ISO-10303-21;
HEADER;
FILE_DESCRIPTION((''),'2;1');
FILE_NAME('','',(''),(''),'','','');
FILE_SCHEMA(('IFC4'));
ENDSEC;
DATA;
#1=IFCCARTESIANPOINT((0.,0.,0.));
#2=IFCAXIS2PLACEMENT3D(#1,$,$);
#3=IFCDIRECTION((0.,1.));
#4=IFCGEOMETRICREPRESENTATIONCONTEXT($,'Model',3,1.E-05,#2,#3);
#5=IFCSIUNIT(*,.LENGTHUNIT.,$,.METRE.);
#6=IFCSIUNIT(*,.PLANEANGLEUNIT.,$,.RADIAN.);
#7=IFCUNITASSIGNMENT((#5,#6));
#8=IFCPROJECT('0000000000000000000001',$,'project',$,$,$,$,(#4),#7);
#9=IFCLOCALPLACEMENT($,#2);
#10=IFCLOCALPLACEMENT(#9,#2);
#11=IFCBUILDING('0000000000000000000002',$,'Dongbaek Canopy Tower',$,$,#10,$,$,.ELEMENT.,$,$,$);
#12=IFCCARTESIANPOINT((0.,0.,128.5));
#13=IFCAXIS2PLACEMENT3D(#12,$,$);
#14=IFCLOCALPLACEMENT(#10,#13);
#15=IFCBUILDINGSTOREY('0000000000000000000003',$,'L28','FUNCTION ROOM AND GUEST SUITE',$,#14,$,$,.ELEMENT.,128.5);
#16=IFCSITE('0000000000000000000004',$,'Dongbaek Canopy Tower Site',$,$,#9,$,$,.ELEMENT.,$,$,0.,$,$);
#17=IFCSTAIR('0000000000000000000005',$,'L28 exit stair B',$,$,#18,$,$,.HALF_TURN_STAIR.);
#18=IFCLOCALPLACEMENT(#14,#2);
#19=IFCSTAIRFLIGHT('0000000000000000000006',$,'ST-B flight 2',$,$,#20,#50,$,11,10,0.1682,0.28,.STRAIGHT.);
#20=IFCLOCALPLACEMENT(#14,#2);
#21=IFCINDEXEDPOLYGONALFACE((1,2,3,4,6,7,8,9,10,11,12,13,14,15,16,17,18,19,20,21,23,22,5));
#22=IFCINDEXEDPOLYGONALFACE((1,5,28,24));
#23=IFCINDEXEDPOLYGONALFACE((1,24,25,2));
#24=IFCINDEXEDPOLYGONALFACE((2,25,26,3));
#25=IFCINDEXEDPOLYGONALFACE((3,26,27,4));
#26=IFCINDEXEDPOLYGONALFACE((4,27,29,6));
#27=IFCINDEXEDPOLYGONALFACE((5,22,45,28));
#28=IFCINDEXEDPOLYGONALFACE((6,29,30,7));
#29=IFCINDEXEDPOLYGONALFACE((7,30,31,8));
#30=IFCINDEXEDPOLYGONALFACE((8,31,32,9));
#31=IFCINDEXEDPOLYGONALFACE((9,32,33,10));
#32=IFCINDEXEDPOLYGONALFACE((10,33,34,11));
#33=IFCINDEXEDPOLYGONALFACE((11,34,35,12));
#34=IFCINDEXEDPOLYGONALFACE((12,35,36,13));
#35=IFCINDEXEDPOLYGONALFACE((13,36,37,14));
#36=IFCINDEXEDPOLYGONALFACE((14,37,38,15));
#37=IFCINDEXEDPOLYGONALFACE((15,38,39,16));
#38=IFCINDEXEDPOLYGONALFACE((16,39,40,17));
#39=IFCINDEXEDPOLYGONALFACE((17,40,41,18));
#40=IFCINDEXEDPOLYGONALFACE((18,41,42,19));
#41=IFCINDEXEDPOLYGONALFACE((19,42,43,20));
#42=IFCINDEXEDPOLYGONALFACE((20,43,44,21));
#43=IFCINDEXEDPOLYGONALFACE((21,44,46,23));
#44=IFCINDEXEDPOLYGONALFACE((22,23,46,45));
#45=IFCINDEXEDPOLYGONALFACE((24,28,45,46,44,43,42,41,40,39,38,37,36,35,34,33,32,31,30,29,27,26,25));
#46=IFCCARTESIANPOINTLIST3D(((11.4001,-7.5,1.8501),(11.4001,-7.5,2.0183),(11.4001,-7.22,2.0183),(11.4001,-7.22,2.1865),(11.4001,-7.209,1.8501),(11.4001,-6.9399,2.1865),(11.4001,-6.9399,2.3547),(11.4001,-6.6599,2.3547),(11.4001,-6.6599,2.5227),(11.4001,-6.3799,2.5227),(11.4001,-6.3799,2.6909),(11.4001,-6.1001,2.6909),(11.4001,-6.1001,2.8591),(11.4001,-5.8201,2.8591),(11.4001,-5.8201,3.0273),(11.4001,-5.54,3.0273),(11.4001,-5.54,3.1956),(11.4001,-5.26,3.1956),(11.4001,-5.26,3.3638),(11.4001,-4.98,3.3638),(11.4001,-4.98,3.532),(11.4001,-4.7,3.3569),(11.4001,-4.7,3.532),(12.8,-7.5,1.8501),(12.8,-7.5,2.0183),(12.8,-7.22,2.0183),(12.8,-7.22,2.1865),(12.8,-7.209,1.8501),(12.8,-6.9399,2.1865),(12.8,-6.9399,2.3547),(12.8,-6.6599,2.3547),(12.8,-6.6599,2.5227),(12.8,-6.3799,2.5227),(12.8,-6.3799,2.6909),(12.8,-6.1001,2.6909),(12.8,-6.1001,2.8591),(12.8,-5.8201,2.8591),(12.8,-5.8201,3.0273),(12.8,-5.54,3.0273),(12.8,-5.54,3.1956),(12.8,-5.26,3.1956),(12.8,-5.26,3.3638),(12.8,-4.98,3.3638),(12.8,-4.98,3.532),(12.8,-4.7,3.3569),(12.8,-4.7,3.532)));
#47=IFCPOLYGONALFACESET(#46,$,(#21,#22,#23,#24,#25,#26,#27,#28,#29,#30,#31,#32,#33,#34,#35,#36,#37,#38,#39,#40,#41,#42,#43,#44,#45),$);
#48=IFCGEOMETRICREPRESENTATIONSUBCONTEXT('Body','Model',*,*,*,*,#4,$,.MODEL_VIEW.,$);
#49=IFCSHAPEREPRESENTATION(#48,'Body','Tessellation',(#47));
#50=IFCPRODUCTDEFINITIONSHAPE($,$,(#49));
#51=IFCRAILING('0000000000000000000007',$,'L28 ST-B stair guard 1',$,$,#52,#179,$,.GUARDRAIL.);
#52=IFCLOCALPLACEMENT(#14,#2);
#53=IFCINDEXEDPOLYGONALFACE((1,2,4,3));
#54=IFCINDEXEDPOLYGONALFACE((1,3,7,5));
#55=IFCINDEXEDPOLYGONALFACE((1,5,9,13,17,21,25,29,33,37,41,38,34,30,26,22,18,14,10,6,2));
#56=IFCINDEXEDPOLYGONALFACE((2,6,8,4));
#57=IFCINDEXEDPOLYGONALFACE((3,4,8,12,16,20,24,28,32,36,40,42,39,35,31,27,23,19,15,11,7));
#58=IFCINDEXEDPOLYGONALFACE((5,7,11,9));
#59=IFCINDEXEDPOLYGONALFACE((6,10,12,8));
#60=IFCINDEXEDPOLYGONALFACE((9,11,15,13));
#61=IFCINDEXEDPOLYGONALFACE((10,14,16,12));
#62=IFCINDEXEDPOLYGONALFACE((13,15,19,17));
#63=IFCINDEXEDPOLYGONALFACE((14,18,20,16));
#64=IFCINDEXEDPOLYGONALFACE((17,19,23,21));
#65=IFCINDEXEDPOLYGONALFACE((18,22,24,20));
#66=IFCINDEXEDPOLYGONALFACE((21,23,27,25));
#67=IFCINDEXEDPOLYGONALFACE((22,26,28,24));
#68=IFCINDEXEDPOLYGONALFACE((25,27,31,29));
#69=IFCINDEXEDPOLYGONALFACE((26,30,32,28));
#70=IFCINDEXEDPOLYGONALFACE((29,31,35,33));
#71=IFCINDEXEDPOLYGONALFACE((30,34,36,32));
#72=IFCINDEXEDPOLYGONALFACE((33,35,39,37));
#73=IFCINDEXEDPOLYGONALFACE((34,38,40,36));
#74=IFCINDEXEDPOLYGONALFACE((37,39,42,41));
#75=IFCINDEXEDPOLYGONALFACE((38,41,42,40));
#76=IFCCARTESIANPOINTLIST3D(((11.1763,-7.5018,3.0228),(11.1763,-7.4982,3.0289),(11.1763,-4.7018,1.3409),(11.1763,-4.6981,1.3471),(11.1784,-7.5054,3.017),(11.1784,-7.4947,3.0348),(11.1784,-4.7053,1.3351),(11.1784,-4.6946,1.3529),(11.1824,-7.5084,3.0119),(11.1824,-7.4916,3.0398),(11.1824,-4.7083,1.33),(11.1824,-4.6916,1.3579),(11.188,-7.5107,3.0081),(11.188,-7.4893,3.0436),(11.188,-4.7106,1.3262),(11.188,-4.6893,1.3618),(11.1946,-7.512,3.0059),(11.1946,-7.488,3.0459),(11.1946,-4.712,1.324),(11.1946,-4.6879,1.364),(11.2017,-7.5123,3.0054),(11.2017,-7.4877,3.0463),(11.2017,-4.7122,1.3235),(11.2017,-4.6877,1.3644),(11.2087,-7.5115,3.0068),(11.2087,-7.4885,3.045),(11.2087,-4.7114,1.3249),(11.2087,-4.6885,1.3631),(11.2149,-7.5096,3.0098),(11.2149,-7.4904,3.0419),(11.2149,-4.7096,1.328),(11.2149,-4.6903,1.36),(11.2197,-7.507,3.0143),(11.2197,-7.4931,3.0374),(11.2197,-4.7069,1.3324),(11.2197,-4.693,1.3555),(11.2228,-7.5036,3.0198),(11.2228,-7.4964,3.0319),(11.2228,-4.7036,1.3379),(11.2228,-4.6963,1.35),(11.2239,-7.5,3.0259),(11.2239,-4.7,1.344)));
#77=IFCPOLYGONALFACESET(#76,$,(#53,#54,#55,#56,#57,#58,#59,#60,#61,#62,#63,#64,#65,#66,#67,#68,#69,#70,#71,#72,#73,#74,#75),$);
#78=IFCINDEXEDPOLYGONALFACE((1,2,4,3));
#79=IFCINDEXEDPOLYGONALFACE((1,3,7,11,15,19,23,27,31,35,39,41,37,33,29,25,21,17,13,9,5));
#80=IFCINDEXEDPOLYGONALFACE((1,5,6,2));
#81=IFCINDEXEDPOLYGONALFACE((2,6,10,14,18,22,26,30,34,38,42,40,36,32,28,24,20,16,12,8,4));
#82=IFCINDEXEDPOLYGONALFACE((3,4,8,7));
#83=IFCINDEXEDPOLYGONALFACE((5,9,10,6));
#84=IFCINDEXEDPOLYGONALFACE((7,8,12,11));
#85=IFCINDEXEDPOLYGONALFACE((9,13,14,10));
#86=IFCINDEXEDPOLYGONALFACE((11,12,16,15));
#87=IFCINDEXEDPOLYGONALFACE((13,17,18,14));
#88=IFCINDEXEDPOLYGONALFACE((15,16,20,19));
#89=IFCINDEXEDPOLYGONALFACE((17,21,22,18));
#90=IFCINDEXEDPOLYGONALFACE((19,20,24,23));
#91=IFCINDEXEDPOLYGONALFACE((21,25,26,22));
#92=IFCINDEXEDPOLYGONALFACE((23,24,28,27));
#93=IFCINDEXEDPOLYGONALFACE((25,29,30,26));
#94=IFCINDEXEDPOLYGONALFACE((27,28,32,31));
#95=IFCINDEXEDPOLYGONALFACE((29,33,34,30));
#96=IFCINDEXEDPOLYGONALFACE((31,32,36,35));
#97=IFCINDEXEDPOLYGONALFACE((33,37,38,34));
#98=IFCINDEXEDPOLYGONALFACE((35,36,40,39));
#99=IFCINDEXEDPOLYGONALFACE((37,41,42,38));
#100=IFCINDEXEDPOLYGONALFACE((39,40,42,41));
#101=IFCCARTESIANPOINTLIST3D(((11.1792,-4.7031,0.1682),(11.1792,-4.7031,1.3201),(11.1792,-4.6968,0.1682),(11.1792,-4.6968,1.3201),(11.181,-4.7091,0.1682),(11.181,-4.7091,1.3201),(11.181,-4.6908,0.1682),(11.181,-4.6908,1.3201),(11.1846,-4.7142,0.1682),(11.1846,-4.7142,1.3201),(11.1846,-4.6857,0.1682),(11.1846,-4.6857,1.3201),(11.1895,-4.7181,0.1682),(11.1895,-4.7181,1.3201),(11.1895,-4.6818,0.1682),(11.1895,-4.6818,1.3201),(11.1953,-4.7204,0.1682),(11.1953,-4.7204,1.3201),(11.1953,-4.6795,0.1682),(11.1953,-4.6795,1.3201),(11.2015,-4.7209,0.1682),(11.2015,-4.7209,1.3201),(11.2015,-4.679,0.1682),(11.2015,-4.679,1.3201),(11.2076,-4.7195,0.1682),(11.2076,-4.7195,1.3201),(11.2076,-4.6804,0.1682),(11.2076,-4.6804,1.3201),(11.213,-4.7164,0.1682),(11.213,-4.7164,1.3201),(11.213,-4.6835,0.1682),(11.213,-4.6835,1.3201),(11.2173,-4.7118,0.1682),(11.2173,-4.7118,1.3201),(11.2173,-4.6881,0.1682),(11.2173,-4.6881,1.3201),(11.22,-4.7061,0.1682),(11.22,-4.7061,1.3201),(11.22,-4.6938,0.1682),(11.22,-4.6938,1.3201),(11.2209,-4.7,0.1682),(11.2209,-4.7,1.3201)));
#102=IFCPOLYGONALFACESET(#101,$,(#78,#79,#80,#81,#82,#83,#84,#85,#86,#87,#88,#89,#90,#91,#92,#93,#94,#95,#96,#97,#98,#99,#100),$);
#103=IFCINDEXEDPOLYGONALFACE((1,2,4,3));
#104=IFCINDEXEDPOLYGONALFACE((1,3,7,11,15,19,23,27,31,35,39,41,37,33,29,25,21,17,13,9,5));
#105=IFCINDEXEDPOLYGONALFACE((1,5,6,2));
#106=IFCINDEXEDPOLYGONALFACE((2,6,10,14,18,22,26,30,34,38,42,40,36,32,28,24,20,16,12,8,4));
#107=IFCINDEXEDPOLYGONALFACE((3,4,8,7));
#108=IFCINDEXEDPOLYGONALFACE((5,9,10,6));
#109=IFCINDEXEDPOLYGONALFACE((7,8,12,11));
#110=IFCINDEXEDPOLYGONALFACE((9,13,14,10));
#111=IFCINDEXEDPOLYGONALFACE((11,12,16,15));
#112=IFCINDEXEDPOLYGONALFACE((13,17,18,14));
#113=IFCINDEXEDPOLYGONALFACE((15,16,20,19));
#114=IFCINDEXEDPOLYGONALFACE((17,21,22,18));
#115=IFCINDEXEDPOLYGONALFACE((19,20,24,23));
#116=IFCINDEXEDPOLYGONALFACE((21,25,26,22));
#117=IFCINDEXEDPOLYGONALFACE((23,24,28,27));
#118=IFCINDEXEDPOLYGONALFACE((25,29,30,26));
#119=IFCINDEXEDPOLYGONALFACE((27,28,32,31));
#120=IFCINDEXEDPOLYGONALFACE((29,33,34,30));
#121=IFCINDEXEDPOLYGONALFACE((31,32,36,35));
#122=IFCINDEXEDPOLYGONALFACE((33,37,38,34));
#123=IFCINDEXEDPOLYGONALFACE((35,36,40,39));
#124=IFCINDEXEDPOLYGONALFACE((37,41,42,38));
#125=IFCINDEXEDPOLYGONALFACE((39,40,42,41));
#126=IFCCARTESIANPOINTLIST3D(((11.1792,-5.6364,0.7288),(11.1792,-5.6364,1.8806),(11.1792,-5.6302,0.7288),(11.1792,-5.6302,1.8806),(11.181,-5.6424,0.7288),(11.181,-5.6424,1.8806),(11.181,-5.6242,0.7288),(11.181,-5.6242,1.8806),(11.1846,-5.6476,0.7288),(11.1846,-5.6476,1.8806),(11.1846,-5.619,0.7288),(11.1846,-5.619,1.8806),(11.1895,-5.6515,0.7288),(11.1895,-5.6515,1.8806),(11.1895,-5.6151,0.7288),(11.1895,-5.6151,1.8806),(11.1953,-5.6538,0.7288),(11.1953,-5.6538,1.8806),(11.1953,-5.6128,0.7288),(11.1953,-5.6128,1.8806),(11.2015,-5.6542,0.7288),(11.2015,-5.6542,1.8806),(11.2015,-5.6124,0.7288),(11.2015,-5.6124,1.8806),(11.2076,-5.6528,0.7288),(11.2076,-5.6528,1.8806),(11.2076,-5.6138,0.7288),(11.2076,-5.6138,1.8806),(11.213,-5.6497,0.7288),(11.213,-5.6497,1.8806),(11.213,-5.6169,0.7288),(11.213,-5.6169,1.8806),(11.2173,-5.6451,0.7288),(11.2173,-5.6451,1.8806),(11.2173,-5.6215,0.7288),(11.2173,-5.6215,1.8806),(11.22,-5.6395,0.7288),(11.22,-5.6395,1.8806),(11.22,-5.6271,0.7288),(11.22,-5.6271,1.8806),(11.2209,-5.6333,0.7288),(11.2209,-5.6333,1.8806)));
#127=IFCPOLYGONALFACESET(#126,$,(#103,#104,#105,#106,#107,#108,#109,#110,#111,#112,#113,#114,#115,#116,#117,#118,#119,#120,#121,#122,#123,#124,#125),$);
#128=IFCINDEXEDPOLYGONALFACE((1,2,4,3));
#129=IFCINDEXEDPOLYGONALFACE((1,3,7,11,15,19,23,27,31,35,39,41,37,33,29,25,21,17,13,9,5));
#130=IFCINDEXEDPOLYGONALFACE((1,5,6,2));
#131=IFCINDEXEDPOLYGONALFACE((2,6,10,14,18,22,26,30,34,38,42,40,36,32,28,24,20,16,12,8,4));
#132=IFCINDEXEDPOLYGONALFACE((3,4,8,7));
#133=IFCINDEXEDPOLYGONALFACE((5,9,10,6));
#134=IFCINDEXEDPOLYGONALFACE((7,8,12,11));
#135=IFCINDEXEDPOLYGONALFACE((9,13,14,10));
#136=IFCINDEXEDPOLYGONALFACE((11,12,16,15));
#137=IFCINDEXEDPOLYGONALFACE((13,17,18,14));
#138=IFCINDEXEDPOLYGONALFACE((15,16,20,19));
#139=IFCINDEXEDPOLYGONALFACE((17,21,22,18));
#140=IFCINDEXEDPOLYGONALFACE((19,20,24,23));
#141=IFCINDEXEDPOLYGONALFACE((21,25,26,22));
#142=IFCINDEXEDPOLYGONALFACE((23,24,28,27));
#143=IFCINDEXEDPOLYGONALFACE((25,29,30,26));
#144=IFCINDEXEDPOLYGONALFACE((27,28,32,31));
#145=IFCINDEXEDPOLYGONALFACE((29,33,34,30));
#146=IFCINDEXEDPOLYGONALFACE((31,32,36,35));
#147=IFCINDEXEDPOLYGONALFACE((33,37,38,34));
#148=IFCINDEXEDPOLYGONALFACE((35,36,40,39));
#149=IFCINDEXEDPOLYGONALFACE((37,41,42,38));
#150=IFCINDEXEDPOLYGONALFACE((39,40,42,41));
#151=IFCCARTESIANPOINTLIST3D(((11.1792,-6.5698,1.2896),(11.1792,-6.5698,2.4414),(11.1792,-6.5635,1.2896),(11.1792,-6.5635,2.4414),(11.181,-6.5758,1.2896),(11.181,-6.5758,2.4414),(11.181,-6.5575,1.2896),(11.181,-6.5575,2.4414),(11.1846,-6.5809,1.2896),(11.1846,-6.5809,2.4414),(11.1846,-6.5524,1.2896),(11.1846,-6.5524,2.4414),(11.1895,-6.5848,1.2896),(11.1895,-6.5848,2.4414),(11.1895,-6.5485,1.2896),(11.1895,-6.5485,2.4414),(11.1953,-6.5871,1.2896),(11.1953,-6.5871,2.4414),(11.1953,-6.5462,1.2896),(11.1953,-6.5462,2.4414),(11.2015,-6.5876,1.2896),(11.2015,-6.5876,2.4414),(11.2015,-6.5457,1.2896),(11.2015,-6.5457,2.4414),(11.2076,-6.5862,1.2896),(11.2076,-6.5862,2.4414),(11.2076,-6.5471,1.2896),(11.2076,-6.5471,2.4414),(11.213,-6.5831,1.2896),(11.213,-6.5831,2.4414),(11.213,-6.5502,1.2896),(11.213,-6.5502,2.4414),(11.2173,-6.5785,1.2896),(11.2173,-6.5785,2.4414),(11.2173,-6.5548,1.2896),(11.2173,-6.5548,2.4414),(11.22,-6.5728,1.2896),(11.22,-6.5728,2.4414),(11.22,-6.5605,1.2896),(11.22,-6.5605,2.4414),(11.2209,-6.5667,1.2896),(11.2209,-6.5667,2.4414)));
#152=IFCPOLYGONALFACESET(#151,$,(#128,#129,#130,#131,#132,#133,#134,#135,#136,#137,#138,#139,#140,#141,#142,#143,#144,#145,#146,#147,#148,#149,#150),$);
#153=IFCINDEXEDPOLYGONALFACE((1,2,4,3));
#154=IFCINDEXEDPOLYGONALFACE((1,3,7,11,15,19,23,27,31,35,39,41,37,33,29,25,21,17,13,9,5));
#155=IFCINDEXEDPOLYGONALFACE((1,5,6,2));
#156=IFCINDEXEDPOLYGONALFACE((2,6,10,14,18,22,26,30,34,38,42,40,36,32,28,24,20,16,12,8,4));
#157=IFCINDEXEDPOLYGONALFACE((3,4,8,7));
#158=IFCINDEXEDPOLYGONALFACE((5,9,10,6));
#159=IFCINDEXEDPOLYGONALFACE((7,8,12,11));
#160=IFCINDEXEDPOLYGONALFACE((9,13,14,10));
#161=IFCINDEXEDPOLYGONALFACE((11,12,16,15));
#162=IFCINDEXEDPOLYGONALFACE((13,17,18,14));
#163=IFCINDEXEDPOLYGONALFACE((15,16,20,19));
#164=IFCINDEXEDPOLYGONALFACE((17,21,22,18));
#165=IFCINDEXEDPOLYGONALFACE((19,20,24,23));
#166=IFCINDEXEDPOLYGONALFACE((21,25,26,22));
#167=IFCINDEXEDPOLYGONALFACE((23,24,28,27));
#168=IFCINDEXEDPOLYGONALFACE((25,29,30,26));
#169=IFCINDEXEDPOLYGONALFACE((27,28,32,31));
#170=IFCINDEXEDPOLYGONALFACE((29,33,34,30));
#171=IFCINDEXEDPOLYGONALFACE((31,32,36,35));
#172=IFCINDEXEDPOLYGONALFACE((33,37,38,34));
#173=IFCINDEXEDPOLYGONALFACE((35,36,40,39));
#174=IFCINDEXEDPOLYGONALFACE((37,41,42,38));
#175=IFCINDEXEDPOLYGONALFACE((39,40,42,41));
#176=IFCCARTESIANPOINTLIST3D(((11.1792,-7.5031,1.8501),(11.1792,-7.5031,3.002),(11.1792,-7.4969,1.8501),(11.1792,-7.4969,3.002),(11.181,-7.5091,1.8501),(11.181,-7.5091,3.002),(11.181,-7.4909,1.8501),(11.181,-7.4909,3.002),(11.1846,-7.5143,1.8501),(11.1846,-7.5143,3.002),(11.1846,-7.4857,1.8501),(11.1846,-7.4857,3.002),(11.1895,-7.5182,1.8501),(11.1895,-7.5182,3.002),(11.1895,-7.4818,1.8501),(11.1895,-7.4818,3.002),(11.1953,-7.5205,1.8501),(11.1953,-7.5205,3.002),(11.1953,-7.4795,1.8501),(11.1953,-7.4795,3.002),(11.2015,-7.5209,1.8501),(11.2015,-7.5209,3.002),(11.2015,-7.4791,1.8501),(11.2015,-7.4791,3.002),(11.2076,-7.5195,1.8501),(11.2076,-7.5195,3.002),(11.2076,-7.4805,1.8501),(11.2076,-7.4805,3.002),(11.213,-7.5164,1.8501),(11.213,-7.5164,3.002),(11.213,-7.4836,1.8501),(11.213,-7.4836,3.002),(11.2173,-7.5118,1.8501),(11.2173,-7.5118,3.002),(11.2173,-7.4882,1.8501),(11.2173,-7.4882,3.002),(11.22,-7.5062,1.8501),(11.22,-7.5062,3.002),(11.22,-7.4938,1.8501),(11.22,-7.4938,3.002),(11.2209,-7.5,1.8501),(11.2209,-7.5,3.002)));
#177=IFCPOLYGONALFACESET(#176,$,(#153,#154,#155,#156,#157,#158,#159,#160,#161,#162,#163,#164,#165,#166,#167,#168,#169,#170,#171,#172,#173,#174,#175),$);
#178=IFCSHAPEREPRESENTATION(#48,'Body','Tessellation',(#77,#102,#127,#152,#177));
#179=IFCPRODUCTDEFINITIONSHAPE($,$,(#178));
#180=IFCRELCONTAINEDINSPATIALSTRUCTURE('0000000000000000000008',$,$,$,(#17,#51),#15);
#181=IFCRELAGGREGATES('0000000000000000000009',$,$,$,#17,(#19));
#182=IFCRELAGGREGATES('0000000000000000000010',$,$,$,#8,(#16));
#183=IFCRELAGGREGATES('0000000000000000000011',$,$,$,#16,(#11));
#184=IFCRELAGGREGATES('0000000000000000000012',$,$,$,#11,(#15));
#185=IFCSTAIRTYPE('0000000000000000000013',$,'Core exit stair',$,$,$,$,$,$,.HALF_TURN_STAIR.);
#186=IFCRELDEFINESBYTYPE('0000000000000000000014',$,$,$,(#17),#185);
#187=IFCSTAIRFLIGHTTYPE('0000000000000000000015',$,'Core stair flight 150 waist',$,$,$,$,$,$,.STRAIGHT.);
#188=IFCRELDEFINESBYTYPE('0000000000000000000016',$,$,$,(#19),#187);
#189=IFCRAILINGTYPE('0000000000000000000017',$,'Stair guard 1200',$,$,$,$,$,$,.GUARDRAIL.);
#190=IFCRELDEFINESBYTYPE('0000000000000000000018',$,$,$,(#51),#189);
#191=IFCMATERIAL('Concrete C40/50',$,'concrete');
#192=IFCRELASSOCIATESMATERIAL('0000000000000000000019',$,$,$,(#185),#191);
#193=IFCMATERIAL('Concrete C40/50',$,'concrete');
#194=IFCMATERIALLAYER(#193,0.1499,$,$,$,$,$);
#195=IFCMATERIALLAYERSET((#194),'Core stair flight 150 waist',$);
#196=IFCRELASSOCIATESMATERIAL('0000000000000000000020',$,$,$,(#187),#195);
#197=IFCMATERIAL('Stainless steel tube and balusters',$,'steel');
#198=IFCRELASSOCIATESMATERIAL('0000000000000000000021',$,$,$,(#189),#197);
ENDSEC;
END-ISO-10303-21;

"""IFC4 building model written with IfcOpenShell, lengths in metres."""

from ifc_helpers import new_model, si_unit, direction, frame, origin, origin_2d, place, context, subcontext, project, spatial, polyline, circle, outline, extrude, material, layer, layer_set, type_object, element, aggregate, save


model = new_model("IFC4")

# Units and contexts
model_context = context("Model", 3, precision=1e-05, world=origin(), true_north=direction((0.0, 1.0)))
body_context = subcontext(model_context, "Body", "Model", "MODEL_VIEW")
ifc_project = project(units=[si_unit("LENGTHUNIT", "METRE"), si_unit("PLANEANGLEUNIT", "RADIAN")], contexts=[model_context])

# Site, building, storey
site_placement = place(None, origin())
site = spatial("IfcSite", under=ifc_project, at=site_placement, Name="Dongbaek Canopy Tower Site", CompositionType="ELEMENT", RefElevation=0.0)
building_placement = place(site_placement, origin())
building = spatial("IfcBuilding", under=site, at=building_placement, Name="Dongbaek Canopy Tower", CompositionType="ELEMENT")
storey_placement = place(building_placement, frame((0.0, 0.0, 128.5)))
storey = spatial("IfcBuildingStorey", under=building, at=storey_placement, Name="L28", Description="FUNCTION ROOM AND GUEST SUITE", CompositionType="ELEMENT", Elevation=128.5)

# Stair, stair flight
ifc_material_1 = material(Name="Concrete C40/50", Category="concrete")
stair_type = type_object("IfcStairType", Name="Core exit stair", PredefinedType="HALF_TURN_STAIR", material=ifc_material_1)
stair_placement = place(storey_placement, origin())
stair = element("IfcStair", 1, at=stair_placement, inside=storey, type_object=stair_type, Name="L28 exit stair B", PredefinedType="HALF_TURN_STAIR")
ifc_material_2 = material(Name="Concrete C40/50", Category="concrete")
ifc_layer_1 = layer(ifc_material_2, 0.1499)
ifc_layer_set_1 = layer_set([ifc_layer_1], Name="Core stair flight 150 waist")
stair_flight_type = type_object("IfcStairFlightType", Name="Core stair flight 150 waist", PredefinedType="STRAIGHT", material=ifc_layer_set_1)
stair_flight_1_placement = place(storey_placement, frame((12.1001, -7.5, 1.8501), z_axis=(0.0, 0.0, 1.0), x_axis=(0.0, 1.0, 0.0)))
stair_flight_1 = element("IfcStairFlight", 2, at=stair_flight_1_placement, type_object=stair_flight_type, Name="ST-B flight 2", NumberOfRisers=11, NumberOfTreads=10, PredefinedType="STRAIGHT", RiserHeight=0.1682, TreadLength=0.28, context=body_context, shape_type="SweptSolid", body=[
    extrude(outline(polyline([(0.0, 0.0), (0.0, 0.1682), (0.28, 0.1682), (0.28, 0.3364), (0.5601, 0.3364), (0.5601, 0.5046), (0.8401, 0.5046), (0.8401, 0.6726), (1.1201, 0.6726), (1.1201, 0.8408), (1.3999, 0.8408), (1.3999, 1.009), (1.6799, 1.009), (1.6799, 1.1772), (1.96, 1.1772), (1.96, 1.3455), (2.24, 1.3455), (2.24, 1.5137), (2.52, 1.5137), (2.52, 1.6819), (2.8, 1.6819), (2.8, 1.8501), (2.8, 1.5068), (0.291, 0.0), (0.0, 0.0)])), frame((0.0, 0.7, 0.0), z_axis=(0.0, -1.0, 0.0), x_axis=(1.0, 0.0, 0.0)), (0.0, 0.0, 1.0), 1.3999),
])
aggregate(stair, [stair_flight_1])

# Railing
ifc_material_3 = material(Name="Stainless steel tube and balusters", Category="steel")
railing_type_1 = type_object("IfcRailingType", Name="Stair guard 1200", PredefinedType="GUARDRAIL", material=ifc_material_3)
railing_1_placement = place(storey_placement, frame((11.2, -4.7, 0.1682)))
element("IfcRailing", 3, at=railing_1_placement, inside=storey, type_object=railing_type_1, Name="L28 ST-B stair guard 1", PredefinedType="GUARDRAIL", context=body_context, shape_type="SweptSolid", body=[
    extrude(circle(Radius=0.0239, at=origin_2d()), frame((0.0, 0.0, 1.1758), z_axis=(0.0, -0.857242, 0.514913), x_axis=(1.0, 0.0, 0.0)), (0.0, 0.0, 1.0), 3.2664),
    extrude(circle(Radius=0.021, at=origin_2d()), origin(), (0.0, 0.0, 1.0), 1.1519),
    extrude(circle(Radius=0.021, at=origin_2d()), frame((0.0, -0.9333, 0.5605)), (0.0, 0.0, 1.0), 1.1519),
    extrude(circle(Radius=0.021, at=origin_2d()), frame((0.0, -1.8667, 1.1213)), (0.0, 0.0, 1.0), 1.1519),
    extrude(circle(Radius=0.021, at=origin_2d()), frame((0.0, -2.8, 1.6819)), (0.0, 0.0, 1.0), 1.1519),
])

save(model, "model.ifc")
